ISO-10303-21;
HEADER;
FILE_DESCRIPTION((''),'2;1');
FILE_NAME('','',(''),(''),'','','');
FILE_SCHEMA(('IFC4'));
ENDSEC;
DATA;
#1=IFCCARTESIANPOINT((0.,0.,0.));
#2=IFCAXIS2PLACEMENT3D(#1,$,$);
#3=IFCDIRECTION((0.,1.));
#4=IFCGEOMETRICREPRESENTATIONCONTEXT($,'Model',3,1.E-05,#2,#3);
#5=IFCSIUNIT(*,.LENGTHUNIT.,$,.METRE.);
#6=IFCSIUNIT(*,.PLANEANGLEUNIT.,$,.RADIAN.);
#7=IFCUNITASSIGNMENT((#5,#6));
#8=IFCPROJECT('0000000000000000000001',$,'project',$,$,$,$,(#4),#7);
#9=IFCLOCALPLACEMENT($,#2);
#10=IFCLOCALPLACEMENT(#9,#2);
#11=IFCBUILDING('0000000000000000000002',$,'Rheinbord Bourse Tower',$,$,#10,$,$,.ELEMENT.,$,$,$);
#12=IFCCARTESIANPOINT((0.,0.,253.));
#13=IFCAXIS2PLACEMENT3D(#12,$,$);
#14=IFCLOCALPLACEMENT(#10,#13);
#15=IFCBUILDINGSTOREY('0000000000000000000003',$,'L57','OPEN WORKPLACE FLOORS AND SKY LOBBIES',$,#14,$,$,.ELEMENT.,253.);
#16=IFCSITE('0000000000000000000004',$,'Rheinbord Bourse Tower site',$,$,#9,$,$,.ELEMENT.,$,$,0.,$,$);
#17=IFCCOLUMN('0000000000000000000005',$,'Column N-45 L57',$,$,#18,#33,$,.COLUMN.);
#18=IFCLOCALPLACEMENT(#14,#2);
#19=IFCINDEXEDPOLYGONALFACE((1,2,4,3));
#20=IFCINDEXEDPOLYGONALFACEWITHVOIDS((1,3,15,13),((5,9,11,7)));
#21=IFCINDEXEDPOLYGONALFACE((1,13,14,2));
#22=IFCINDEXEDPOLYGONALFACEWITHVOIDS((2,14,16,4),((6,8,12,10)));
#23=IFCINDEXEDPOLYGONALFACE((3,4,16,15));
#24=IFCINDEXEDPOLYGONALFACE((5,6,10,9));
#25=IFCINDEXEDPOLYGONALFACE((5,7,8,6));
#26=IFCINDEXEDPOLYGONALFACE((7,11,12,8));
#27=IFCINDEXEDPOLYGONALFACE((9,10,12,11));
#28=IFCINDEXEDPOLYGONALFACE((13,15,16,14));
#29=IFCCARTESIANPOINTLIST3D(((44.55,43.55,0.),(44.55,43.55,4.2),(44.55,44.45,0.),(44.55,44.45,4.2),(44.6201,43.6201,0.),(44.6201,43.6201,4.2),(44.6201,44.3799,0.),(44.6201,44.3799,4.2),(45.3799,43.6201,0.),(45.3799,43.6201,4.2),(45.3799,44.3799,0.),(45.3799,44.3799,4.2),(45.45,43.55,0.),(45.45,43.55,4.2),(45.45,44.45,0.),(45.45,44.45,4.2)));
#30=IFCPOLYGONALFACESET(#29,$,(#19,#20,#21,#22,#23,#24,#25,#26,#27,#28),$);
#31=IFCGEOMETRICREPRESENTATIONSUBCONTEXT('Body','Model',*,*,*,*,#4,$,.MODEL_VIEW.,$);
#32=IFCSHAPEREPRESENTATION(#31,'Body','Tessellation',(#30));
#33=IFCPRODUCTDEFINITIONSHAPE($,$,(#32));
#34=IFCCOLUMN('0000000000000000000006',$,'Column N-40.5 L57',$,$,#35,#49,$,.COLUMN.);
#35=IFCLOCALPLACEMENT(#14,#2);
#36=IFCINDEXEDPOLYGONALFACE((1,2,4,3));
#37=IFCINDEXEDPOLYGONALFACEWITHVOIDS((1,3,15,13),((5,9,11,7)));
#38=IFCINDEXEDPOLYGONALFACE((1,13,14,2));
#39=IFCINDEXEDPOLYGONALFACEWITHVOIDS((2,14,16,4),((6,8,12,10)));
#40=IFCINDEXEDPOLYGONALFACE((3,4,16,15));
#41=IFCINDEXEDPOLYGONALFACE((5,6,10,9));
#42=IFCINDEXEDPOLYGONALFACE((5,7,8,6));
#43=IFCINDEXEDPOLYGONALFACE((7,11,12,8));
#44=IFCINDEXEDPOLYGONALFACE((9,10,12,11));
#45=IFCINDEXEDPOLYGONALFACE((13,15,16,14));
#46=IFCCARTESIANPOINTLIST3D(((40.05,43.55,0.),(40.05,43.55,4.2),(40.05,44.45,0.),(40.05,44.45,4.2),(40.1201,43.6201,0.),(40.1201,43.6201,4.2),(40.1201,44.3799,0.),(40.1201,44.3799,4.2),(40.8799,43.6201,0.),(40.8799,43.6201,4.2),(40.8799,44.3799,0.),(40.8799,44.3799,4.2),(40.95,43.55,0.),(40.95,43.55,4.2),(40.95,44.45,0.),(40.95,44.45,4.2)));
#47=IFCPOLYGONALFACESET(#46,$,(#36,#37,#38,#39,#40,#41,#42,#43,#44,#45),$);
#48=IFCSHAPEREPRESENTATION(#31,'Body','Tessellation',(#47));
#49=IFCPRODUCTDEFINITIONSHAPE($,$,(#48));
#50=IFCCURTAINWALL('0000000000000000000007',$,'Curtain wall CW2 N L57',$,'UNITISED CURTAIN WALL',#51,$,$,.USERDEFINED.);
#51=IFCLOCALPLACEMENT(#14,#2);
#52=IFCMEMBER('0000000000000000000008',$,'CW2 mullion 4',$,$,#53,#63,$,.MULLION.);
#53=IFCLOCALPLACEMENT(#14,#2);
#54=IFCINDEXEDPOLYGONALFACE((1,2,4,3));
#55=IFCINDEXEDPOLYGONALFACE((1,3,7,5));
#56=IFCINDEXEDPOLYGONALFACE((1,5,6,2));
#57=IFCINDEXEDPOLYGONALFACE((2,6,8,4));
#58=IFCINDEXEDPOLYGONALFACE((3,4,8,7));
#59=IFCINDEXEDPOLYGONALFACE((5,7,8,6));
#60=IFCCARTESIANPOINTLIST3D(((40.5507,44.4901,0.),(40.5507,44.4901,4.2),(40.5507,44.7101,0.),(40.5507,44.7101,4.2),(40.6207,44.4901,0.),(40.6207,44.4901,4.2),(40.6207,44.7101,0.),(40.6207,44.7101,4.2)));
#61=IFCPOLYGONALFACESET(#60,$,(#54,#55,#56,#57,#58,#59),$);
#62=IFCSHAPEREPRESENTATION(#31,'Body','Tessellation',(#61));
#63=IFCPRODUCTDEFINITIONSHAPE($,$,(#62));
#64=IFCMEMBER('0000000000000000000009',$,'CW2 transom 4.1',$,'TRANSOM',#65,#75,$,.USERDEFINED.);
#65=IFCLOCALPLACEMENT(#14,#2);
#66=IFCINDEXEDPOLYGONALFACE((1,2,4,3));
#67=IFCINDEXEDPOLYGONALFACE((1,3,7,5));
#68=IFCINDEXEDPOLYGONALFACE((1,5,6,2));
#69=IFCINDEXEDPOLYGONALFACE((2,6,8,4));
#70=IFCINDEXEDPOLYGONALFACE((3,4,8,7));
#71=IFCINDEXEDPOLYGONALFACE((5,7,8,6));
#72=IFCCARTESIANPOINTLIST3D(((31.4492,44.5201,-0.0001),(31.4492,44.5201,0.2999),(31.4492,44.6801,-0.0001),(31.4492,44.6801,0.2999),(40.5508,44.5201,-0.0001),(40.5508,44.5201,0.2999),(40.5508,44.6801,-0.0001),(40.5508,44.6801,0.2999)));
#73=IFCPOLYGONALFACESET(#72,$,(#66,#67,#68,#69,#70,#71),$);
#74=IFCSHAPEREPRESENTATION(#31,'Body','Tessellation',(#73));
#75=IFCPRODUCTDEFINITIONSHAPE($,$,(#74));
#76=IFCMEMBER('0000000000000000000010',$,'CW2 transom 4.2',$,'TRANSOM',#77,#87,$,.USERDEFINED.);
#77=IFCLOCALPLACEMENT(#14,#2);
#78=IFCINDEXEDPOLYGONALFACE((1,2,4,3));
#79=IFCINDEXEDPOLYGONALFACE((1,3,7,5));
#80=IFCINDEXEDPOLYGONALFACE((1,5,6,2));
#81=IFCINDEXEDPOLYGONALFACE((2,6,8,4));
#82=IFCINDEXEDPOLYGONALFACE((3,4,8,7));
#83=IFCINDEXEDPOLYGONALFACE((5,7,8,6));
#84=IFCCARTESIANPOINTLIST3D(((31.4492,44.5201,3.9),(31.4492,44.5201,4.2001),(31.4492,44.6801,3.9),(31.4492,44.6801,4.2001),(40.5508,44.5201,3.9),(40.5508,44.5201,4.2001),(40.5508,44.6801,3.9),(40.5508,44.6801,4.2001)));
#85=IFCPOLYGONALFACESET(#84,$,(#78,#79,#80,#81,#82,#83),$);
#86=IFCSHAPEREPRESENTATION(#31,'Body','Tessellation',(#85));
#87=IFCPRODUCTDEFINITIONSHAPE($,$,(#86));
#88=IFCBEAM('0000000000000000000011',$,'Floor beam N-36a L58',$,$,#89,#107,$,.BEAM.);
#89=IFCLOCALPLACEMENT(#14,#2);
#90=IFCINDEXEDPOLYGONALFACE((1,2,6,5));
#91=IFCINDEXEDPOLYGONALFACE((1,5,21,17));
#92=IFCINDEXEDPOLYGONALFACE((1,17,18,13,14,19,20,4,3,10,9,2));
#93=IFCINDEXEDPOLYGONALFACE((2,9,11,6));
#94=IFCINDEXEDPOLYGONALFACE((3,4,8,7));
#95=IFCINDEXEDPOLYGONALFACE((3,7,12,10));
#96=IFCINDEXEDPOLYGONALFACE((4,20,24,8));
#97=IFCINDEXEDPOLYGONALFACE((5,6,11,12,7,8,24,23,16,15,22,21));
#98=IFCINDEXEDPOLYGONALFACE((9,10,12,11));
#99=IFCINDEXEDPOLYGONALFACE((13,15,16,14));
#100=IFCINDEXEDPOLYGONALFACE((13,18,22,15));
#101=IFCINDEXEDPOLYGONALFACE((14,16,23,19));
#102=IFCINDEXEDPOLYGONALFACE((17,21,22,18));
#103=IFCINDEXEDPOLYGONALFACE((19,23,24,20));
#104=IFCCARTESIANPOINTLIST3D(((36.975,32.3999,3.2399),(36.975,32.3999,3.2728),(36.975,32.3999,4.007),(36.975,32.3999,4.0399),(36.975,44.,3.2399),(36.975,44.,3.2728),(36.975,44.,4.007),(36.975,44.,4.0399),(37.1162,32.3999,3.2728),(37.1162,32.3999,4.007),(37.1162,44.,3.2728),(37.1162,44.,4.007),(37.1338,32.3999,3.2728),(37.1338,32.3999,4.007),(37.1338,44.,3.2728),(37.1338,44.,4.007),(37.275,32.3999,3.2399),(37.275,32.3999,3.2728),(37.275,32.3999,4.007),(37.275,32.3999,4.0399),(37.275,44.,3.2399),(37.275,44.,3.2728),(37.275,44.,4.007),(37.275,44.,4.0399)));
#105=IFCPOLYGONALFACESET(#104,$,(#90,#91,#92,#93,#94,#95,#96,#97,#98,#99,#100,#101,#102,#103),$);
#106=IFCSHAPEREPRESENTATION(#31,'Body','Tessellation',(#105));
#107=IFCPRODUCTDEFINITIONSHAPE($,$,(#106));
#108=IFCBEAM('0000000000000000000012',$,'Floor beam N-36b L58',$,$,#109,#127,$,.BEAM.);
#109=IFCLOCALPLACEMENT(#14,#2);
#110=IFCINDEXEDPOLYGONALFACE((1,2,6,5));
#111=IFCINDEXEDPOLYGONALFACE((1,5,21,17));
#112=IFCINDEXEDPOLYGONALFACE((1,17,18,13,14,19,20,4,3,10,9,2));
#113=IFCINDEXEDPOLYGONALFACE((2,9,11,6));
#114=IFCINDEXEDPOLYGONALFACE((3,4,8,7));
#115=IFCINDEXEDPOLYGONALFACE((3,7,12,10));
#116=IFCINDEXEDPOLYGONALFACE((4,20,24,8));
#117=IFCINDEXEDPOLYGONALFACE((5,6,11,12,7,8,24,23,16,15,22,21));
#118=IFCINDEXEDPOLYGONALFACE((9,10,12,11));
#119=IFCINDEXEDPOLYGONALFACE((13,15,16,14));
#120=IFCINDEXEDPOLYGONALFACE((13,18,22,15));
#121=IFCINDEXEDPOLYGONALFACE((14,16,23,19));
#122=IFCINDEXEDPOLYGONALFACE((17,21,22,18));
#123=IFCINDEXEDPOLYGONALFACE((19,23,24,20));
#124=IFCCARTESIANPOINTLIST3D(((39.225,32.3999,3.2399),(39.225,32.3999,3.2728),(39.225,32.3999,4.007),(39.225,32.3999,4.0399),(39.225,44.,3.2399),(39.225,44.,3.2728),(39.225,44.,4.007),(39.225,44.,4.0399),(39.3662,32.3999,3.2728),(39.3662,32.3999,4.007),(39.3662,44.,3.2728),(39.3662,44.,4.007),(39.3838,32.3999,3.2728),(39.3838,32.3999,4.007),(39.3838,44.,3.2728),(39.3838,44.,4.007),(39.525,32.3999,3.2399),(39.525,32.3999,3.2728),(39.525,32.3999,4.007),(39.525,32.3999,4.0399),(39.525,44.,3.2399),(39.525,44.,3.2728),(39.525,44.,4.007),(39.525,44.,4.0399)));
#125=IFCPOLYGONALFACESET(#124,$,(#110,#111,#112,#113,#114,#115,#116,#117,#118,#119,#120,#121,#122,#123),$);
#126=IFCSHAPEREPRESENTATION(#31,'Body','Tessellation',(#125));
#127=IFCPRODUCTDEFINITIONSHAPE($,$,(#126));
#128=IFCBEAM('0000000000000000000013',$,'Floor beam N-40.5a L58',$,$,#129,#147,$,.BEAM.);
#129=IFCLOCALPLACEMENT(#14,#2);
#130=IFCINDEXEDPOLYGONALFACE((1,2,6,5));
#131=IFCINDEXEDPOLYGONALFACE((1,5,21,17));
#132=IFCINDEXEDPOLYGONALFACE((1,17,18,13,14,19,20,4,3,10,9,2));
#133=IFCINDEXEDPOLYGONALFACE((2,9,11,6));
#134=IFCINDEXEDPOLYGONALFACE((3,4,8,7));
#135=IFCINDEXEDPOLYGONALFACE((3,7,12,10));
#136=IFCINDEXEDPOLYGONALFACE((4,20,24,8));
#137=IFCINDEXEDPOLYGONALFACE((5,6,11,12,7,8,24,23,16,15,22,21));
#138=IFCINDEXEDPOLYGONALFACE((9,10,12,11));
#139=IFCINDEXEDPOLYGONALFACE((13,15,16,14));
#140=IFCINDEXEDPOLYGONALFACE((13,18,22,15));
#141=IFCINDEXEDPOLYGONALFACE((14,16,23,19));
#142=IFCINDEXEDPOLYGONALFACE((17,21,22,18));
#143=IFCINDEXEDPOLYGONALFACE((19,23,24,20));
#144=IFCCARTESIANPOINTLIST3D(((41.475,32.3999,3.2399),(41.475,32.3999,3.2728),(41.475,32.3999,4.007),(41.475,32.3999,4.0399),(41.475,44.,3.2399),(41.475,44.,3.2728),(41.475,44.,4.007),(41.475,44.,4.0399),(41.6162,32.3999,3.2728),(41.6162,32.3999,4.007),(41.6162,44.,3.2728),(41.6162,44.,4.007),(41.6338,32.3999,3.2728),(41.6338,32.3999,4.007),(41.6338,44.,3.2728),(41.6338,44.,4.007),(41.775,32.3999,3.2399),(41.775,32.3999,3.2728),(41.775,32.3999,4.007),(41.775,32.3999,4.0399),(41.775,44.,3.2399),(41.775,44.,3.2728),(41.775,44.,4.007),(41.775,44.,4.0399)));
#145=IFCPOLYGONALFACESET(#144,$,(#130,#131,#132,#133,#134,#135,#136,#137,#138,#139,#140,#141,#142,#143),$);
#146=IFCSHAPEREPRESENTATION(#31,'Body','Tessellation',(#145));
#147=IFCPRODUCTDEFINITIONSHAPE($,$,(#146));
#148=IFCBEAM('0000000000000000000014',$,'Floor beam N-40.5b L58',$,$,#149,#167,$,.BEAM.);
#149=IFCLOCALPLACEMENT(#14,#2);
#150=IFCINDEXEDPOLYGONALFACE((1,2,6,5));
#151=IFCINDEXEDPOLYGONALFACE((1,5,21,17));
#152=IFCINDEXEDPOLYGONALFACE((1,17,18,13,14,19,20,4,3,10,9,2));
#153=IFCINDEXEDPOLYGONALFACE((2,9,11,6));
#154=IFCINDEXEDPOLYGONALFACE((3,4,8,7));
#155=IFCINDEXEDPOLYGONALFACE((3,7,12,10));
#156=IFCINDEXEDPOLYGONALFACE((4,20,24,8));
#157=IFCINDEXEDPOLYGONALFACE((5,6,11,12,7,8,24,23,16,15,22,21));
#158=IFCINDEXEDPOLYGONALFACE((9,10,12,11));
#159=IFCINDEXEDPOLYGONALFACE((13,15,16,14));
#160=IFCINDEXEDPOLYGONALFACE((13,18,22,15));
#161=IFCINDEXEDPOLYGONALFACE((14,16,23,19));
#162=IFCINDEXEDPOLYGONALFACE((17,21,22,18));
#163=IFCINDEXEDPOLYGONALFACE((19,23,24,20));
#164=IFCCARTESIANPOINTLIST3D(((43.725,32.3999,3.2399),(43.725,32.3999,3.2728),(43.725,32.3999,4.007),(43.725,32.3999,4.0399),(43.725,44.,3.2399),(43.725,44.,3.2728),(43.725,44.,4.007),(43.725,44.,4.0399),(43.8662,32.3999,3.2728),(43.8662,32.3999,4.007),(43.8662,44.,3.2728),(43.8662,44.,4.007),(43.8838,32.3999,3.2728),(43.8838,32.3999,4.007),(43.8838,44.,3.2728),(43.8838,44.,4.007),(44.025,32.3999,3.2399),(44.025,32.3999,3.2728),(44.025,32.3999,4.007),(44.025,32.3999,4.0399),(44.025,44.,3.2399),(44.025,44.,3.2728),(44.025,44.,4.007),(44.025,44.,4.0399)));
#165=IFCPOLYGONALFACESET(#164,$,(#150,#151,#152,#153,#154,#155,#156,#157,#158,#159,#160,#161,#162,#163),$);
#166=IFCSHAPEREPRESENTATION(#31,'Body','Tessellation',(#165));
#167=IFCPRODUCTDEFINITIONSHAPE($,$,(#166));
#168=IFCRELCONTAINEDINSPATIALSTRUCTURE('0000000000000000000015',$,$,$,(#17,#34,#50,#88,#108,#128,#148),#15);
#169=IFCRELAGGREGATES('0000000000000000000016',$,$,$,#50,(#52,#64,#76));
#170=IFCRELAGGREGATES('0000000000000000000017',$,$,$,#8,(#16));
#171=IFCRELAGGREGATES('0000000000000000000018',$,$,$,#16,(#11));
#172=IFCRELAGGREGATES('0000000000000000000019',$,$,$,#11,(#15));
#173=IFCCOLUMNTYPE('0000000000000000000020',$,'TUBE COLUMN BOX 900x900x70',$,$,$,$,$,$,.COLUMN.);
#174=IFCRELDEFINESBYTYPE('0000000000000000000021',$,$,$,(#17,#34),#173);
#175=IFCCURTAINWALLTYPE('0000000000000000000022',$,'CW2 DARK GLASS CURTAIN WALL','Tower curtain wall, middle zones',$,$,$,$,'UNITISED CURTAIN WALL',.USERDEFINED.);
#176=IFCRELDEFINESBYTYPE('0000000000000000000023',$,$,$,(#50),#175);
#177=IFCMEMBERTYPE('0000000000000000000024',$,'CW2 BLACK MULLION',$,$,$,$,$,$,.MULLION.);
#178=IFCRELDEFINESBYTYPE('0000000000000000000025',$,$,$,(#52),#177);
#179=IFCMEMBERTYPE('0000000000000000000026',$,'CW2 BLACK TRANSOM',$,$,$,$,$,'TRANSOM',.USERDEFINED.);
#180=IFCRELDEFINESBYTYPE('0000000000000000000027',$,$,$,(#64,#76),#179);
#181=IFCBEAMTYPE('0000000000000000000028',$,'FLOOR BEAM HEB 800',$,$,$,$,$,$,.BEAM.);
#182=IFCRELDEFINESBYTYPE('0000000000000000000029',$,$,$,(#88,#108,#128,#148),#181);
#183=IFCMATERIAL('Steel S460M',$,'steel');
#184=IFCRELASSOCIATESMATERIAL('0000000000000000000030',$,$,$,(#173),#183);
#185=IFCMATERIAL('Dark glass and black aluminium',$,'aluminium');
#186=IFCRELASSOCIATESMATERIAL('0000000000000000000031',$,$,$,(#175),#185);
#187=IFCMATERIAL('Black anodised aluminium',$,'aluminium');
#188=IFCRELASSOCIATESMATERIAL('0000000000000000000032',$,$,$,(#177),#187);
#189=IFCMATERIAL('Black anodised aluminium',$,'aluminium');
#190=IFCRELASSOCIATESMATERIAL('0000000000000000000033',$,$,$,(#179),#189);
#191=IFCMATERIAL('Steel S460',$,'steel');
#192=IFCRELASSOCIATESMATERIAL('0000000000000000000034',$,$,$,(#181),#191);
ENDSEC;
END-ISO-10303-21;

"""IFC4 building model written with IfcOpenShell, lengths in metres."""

from ifc_helpers import new_model, si_unit, direction, frame, origin, origin_2d, place, context, subcontext, project, spatial, rectangle, hollow_rectangle, i_section, extrude, material, material_profile, profile_set, type_object, element, aggregate, save


model = new_model("IFC4")

# Units and contexts
model_context = context("Model", 3, precision=1e-05, world=origin(), true_north=direction((0.0, 1.0)))
body_context = subcontext(model_context, "Body", "Model", "MODEL_VIEW")
ifc_project = project(units=[si_unit("LENGTHUNIT", "METRE"), si_unit("PLANEANGLEUNIT", "RADIAN")], contexts=[model_context])

# Site, building, storey
site_placement = place(None, origin())
site = spatial("IfcSite", under=ifc_project, at=site_placement, Name="Rheinbord Bourse Tower site", CompositionType="ELEMENT", RefElevation=0.0)
building_placement = place(site_placement, origin())
building = spatial("IfcBuilding", under=site, at=building_placement, Name="Rheinbord Bourse Tower", CompositionType="ELEMENT")
storey_placement = place(building_placement, frame((0.0, 0.0, 253.0)))
storey = spatial("IfcBuildingStorey", under=building, at=storey_placement, Name="L57", Description="OPEN WORKPLACE FLOORS AND SKY LOBBIES", CompositionType="ELEMENT", Elevation=253.0)

# Columns
ifc_material_1 = material(Name="Steel S460M", Category="steel")
ifc_material_profile_1 = material_profile(ifc_material_1, hollow_rectangle(XDim=0.8999, YDim=0.8999, WallThickness=0.0701, at=origin_2d()), Name="BOX 900x900x70")
ifc_profile_set_1 = profile_set([ifc_material_profile_1], Name="Steel S460M")
column_type = type_object("IfcColumnType", Name="TUBE COLUMN BOX 900x900x70", PredefinedType="COLUMN", material=ifc_profile_set_1)
for number, where, z_axis, x_axis, name in (
    (1, (45.0, 44.0, 0.0), (0.0, 0.0, 1.0), (0.0, 1.0, 0.0), "Column N-45 L57"),
    (2, (40.5, 44.0, 0.0), (0.0, 0.0, 1.0), (0.0, 1.0, 0.0), "Column N-40.5 L57"),
):
    element("IfcColumn", number, at=place(storey_placement, frame(where, z_axis=z_axis, x_axis=x_axis)), inside=storey, type_object=column_type, Name=name, PredefinedType="COLUMN", context=body_context, shape_type="SweptSolid", body=[
        extrude(hollow_rectangle(XDim=0.8999, YDim=0.8999, WallThickness=0.0701, at=origin_2d()), origin(), (0.0, 0.0, 1.0), 4.2),
    ])

# Curtain wall, members
ifc_material_2 = material(Name="Dark glass and black aluminium", Category="aluminium")
curtain_wall_type = type_object("IfcCurtainWallType", Name="CW2 DARK GLASS CURTAIN WALL", Description="Tower curtain wall, middle zones", ElementType="UNITISED CURTAIN WALL", PredefinedType="USERDEFINED", material=ifc_material_2)
curtain_wall_placement = place(storey_placement, origin())
curtain_wall = element("IfcCurtainWall", 3, at=curtain_wall_placement, inside=storey, type_object=curtain_wall_type, Name="Curtain wall CW2 N L57", ObjectType="UNITISED CURTAIN WALL", PredefinedType="USERDEFINED")
ifc_material_3 = material(Name="Black anodised aluminium", Category="aluminium")
ifc_material_profile_2 = material_profile(ifc_material_3, rectangle(XDim=0.22, YDim=0.0701, at=origin_2d()), Name="CW2 MULLION 70x220")
ifc_profile_set_2 = profile_set([ifc_material_profile_2], Name="Black anodised aluminium")
member_type_1 = type_object("IfcMemberType", Name="CW2 BLACK MULLION", PredefinedType="MULLION", material=ifc_profile_set_2)
member_1_placement = place(storey_placement, frame((40.5857, 44.6001, 0.0), z_axis=(0.0, 0.0, 1.0), x_axis=(0.0, -1.0, 0.0)))
member_1 = element("IfcMember", 4, at=member_1_placement, type_object=member_type_1, Name="CW2 mullion 4", PredefinedType="MULLION", context=body_context, shape_type="SweptSolid", body=[
    extrude(rectangle(XDim=0.22, YDim=0.0701, at=origin_2d()), origin(), (0.0, 0.0, 1.0), 4.2),
])
ifc_material_4 = material(Name="Black anodised aluminium", Category="aluminium")
ifc_material_profile_3 = material_profile(ifc_material_4, rectangle(XDim=0.1599, YDim=0.3, at=origin_2d()), Name="CW2 TRANSOM 300x160")
ifc_profile_set_3 = profile_set([ifc_material_profile_3], Name="Black anodised aluminium")
member_type_2 = type_object("IfcMemberType", Name="CW2 BLACK TRANSOM", ElementType="TRANSOM", PredefinedType="USERDEFINED", material=ifc_profile_set_3)
member_2_placement = place(storey_placement, frame((40.5508, 44.6001, 0.1499), z_axis=(-1.0, 0.0, 0.0), x_axis=(0.0, -1.0, 0.0)))
member_2 = element("IfcMember", 5, at=member_2_placement, type_object=member_type_2, Name="CW2 transom 4.1", ObjectType="TRANSOM", PredefinedType="USERDEFINED", context=body_context, shape_type="SweptSolid", body=[
    extrude(rectangle(XDim=0.1599, YDim=0.3, at=origin_2d()), origin(), (0.0, 0.0, 1.0), 9.1016),
])
member_3_placement = place(storey_placement, frame((40.5508, 44.6001, 4.05), z_axis=(-1.0, 0.0, 0.0), x_axis=(0.0, -1.0, 0.0)))
member_3 = element("IfcMember", 6, at=member_3_placement, type_object=member_type_2, Name="CW2 transom 4.2", ObjectType="TRANSOM", PredefinedType="USERDEFINED", context=body_context, shape_type="SweptSolid", body=[
    extrude(rectangle(XDim=0.1599, YDim=0.3, at=origin_2d()), origin(), (0.0, 0.0, 1.0), 9.1016),
])

# Beams
ifc_material_5 = material(Name="Steel S460", Category="steel")
ifc_material_profile_4 = material_profile(ifc_material_5, i_section(OverallWidth=0.3, OverallDepth=0.8, WebThickness=0.0176, FlangeThickness=0.033, at=origin_2d()), Name="HEB 800")
ifc_profile_set_4 = profile_set([ifc_material_profile_4], Name="Steel S460")
beam_type_1 = type_object("IfcBeamType", Name="FLOOR BEAM HEB 800", PredefinedType="BEAM", material=ifc_profile_set_4)
for number, where, z_axis, x_axis, name in (
    (7, (37.125, 44.0, 3.6399), (0.0, -1.0, 0.0), (1.0, 0.0, 0.0), "Floor beam N-36a L58"),
    (8, (39.375, 44.0, 3.6399), (0.0, -1.0, 0.0), (1.0, 0.0, 0.0), "Floor beam N-36b L58"),
    (9, (41.625, 44.0, 3.6399), (0.0, -1.0, 0.0), (1.0, 0.0, 0.0), "Floor beam N-40.5a L58"),
    (10, (43.875, 44.0, 3.6399), (0.0, -1.0, 0.0), (1.0, 0.0, 0.0), "Floor beam N-40.5b L58"),
):
    element("IfcBeam", number, at=place(storey_placement, frame(where, z_axis=z_axis, x_axis=x_axis)), inside=storey, type_object=beam_type_1, Name=name, PredefinedType="BEAM", context=body_context, shape_type="SweptSolid", body=[
        extrude(i_section(OverallWidth=0.3, OverallDepth=0.8, WebThickness=0.0176, FlangeThickness=0.033, at=origin_2d()), origin(), (0.0, 0.0, 1.0), 11.6001),
    ])

aggregate(curtain_wall, [member_1, member_2, member_3])

save(model, "model.ifc")
